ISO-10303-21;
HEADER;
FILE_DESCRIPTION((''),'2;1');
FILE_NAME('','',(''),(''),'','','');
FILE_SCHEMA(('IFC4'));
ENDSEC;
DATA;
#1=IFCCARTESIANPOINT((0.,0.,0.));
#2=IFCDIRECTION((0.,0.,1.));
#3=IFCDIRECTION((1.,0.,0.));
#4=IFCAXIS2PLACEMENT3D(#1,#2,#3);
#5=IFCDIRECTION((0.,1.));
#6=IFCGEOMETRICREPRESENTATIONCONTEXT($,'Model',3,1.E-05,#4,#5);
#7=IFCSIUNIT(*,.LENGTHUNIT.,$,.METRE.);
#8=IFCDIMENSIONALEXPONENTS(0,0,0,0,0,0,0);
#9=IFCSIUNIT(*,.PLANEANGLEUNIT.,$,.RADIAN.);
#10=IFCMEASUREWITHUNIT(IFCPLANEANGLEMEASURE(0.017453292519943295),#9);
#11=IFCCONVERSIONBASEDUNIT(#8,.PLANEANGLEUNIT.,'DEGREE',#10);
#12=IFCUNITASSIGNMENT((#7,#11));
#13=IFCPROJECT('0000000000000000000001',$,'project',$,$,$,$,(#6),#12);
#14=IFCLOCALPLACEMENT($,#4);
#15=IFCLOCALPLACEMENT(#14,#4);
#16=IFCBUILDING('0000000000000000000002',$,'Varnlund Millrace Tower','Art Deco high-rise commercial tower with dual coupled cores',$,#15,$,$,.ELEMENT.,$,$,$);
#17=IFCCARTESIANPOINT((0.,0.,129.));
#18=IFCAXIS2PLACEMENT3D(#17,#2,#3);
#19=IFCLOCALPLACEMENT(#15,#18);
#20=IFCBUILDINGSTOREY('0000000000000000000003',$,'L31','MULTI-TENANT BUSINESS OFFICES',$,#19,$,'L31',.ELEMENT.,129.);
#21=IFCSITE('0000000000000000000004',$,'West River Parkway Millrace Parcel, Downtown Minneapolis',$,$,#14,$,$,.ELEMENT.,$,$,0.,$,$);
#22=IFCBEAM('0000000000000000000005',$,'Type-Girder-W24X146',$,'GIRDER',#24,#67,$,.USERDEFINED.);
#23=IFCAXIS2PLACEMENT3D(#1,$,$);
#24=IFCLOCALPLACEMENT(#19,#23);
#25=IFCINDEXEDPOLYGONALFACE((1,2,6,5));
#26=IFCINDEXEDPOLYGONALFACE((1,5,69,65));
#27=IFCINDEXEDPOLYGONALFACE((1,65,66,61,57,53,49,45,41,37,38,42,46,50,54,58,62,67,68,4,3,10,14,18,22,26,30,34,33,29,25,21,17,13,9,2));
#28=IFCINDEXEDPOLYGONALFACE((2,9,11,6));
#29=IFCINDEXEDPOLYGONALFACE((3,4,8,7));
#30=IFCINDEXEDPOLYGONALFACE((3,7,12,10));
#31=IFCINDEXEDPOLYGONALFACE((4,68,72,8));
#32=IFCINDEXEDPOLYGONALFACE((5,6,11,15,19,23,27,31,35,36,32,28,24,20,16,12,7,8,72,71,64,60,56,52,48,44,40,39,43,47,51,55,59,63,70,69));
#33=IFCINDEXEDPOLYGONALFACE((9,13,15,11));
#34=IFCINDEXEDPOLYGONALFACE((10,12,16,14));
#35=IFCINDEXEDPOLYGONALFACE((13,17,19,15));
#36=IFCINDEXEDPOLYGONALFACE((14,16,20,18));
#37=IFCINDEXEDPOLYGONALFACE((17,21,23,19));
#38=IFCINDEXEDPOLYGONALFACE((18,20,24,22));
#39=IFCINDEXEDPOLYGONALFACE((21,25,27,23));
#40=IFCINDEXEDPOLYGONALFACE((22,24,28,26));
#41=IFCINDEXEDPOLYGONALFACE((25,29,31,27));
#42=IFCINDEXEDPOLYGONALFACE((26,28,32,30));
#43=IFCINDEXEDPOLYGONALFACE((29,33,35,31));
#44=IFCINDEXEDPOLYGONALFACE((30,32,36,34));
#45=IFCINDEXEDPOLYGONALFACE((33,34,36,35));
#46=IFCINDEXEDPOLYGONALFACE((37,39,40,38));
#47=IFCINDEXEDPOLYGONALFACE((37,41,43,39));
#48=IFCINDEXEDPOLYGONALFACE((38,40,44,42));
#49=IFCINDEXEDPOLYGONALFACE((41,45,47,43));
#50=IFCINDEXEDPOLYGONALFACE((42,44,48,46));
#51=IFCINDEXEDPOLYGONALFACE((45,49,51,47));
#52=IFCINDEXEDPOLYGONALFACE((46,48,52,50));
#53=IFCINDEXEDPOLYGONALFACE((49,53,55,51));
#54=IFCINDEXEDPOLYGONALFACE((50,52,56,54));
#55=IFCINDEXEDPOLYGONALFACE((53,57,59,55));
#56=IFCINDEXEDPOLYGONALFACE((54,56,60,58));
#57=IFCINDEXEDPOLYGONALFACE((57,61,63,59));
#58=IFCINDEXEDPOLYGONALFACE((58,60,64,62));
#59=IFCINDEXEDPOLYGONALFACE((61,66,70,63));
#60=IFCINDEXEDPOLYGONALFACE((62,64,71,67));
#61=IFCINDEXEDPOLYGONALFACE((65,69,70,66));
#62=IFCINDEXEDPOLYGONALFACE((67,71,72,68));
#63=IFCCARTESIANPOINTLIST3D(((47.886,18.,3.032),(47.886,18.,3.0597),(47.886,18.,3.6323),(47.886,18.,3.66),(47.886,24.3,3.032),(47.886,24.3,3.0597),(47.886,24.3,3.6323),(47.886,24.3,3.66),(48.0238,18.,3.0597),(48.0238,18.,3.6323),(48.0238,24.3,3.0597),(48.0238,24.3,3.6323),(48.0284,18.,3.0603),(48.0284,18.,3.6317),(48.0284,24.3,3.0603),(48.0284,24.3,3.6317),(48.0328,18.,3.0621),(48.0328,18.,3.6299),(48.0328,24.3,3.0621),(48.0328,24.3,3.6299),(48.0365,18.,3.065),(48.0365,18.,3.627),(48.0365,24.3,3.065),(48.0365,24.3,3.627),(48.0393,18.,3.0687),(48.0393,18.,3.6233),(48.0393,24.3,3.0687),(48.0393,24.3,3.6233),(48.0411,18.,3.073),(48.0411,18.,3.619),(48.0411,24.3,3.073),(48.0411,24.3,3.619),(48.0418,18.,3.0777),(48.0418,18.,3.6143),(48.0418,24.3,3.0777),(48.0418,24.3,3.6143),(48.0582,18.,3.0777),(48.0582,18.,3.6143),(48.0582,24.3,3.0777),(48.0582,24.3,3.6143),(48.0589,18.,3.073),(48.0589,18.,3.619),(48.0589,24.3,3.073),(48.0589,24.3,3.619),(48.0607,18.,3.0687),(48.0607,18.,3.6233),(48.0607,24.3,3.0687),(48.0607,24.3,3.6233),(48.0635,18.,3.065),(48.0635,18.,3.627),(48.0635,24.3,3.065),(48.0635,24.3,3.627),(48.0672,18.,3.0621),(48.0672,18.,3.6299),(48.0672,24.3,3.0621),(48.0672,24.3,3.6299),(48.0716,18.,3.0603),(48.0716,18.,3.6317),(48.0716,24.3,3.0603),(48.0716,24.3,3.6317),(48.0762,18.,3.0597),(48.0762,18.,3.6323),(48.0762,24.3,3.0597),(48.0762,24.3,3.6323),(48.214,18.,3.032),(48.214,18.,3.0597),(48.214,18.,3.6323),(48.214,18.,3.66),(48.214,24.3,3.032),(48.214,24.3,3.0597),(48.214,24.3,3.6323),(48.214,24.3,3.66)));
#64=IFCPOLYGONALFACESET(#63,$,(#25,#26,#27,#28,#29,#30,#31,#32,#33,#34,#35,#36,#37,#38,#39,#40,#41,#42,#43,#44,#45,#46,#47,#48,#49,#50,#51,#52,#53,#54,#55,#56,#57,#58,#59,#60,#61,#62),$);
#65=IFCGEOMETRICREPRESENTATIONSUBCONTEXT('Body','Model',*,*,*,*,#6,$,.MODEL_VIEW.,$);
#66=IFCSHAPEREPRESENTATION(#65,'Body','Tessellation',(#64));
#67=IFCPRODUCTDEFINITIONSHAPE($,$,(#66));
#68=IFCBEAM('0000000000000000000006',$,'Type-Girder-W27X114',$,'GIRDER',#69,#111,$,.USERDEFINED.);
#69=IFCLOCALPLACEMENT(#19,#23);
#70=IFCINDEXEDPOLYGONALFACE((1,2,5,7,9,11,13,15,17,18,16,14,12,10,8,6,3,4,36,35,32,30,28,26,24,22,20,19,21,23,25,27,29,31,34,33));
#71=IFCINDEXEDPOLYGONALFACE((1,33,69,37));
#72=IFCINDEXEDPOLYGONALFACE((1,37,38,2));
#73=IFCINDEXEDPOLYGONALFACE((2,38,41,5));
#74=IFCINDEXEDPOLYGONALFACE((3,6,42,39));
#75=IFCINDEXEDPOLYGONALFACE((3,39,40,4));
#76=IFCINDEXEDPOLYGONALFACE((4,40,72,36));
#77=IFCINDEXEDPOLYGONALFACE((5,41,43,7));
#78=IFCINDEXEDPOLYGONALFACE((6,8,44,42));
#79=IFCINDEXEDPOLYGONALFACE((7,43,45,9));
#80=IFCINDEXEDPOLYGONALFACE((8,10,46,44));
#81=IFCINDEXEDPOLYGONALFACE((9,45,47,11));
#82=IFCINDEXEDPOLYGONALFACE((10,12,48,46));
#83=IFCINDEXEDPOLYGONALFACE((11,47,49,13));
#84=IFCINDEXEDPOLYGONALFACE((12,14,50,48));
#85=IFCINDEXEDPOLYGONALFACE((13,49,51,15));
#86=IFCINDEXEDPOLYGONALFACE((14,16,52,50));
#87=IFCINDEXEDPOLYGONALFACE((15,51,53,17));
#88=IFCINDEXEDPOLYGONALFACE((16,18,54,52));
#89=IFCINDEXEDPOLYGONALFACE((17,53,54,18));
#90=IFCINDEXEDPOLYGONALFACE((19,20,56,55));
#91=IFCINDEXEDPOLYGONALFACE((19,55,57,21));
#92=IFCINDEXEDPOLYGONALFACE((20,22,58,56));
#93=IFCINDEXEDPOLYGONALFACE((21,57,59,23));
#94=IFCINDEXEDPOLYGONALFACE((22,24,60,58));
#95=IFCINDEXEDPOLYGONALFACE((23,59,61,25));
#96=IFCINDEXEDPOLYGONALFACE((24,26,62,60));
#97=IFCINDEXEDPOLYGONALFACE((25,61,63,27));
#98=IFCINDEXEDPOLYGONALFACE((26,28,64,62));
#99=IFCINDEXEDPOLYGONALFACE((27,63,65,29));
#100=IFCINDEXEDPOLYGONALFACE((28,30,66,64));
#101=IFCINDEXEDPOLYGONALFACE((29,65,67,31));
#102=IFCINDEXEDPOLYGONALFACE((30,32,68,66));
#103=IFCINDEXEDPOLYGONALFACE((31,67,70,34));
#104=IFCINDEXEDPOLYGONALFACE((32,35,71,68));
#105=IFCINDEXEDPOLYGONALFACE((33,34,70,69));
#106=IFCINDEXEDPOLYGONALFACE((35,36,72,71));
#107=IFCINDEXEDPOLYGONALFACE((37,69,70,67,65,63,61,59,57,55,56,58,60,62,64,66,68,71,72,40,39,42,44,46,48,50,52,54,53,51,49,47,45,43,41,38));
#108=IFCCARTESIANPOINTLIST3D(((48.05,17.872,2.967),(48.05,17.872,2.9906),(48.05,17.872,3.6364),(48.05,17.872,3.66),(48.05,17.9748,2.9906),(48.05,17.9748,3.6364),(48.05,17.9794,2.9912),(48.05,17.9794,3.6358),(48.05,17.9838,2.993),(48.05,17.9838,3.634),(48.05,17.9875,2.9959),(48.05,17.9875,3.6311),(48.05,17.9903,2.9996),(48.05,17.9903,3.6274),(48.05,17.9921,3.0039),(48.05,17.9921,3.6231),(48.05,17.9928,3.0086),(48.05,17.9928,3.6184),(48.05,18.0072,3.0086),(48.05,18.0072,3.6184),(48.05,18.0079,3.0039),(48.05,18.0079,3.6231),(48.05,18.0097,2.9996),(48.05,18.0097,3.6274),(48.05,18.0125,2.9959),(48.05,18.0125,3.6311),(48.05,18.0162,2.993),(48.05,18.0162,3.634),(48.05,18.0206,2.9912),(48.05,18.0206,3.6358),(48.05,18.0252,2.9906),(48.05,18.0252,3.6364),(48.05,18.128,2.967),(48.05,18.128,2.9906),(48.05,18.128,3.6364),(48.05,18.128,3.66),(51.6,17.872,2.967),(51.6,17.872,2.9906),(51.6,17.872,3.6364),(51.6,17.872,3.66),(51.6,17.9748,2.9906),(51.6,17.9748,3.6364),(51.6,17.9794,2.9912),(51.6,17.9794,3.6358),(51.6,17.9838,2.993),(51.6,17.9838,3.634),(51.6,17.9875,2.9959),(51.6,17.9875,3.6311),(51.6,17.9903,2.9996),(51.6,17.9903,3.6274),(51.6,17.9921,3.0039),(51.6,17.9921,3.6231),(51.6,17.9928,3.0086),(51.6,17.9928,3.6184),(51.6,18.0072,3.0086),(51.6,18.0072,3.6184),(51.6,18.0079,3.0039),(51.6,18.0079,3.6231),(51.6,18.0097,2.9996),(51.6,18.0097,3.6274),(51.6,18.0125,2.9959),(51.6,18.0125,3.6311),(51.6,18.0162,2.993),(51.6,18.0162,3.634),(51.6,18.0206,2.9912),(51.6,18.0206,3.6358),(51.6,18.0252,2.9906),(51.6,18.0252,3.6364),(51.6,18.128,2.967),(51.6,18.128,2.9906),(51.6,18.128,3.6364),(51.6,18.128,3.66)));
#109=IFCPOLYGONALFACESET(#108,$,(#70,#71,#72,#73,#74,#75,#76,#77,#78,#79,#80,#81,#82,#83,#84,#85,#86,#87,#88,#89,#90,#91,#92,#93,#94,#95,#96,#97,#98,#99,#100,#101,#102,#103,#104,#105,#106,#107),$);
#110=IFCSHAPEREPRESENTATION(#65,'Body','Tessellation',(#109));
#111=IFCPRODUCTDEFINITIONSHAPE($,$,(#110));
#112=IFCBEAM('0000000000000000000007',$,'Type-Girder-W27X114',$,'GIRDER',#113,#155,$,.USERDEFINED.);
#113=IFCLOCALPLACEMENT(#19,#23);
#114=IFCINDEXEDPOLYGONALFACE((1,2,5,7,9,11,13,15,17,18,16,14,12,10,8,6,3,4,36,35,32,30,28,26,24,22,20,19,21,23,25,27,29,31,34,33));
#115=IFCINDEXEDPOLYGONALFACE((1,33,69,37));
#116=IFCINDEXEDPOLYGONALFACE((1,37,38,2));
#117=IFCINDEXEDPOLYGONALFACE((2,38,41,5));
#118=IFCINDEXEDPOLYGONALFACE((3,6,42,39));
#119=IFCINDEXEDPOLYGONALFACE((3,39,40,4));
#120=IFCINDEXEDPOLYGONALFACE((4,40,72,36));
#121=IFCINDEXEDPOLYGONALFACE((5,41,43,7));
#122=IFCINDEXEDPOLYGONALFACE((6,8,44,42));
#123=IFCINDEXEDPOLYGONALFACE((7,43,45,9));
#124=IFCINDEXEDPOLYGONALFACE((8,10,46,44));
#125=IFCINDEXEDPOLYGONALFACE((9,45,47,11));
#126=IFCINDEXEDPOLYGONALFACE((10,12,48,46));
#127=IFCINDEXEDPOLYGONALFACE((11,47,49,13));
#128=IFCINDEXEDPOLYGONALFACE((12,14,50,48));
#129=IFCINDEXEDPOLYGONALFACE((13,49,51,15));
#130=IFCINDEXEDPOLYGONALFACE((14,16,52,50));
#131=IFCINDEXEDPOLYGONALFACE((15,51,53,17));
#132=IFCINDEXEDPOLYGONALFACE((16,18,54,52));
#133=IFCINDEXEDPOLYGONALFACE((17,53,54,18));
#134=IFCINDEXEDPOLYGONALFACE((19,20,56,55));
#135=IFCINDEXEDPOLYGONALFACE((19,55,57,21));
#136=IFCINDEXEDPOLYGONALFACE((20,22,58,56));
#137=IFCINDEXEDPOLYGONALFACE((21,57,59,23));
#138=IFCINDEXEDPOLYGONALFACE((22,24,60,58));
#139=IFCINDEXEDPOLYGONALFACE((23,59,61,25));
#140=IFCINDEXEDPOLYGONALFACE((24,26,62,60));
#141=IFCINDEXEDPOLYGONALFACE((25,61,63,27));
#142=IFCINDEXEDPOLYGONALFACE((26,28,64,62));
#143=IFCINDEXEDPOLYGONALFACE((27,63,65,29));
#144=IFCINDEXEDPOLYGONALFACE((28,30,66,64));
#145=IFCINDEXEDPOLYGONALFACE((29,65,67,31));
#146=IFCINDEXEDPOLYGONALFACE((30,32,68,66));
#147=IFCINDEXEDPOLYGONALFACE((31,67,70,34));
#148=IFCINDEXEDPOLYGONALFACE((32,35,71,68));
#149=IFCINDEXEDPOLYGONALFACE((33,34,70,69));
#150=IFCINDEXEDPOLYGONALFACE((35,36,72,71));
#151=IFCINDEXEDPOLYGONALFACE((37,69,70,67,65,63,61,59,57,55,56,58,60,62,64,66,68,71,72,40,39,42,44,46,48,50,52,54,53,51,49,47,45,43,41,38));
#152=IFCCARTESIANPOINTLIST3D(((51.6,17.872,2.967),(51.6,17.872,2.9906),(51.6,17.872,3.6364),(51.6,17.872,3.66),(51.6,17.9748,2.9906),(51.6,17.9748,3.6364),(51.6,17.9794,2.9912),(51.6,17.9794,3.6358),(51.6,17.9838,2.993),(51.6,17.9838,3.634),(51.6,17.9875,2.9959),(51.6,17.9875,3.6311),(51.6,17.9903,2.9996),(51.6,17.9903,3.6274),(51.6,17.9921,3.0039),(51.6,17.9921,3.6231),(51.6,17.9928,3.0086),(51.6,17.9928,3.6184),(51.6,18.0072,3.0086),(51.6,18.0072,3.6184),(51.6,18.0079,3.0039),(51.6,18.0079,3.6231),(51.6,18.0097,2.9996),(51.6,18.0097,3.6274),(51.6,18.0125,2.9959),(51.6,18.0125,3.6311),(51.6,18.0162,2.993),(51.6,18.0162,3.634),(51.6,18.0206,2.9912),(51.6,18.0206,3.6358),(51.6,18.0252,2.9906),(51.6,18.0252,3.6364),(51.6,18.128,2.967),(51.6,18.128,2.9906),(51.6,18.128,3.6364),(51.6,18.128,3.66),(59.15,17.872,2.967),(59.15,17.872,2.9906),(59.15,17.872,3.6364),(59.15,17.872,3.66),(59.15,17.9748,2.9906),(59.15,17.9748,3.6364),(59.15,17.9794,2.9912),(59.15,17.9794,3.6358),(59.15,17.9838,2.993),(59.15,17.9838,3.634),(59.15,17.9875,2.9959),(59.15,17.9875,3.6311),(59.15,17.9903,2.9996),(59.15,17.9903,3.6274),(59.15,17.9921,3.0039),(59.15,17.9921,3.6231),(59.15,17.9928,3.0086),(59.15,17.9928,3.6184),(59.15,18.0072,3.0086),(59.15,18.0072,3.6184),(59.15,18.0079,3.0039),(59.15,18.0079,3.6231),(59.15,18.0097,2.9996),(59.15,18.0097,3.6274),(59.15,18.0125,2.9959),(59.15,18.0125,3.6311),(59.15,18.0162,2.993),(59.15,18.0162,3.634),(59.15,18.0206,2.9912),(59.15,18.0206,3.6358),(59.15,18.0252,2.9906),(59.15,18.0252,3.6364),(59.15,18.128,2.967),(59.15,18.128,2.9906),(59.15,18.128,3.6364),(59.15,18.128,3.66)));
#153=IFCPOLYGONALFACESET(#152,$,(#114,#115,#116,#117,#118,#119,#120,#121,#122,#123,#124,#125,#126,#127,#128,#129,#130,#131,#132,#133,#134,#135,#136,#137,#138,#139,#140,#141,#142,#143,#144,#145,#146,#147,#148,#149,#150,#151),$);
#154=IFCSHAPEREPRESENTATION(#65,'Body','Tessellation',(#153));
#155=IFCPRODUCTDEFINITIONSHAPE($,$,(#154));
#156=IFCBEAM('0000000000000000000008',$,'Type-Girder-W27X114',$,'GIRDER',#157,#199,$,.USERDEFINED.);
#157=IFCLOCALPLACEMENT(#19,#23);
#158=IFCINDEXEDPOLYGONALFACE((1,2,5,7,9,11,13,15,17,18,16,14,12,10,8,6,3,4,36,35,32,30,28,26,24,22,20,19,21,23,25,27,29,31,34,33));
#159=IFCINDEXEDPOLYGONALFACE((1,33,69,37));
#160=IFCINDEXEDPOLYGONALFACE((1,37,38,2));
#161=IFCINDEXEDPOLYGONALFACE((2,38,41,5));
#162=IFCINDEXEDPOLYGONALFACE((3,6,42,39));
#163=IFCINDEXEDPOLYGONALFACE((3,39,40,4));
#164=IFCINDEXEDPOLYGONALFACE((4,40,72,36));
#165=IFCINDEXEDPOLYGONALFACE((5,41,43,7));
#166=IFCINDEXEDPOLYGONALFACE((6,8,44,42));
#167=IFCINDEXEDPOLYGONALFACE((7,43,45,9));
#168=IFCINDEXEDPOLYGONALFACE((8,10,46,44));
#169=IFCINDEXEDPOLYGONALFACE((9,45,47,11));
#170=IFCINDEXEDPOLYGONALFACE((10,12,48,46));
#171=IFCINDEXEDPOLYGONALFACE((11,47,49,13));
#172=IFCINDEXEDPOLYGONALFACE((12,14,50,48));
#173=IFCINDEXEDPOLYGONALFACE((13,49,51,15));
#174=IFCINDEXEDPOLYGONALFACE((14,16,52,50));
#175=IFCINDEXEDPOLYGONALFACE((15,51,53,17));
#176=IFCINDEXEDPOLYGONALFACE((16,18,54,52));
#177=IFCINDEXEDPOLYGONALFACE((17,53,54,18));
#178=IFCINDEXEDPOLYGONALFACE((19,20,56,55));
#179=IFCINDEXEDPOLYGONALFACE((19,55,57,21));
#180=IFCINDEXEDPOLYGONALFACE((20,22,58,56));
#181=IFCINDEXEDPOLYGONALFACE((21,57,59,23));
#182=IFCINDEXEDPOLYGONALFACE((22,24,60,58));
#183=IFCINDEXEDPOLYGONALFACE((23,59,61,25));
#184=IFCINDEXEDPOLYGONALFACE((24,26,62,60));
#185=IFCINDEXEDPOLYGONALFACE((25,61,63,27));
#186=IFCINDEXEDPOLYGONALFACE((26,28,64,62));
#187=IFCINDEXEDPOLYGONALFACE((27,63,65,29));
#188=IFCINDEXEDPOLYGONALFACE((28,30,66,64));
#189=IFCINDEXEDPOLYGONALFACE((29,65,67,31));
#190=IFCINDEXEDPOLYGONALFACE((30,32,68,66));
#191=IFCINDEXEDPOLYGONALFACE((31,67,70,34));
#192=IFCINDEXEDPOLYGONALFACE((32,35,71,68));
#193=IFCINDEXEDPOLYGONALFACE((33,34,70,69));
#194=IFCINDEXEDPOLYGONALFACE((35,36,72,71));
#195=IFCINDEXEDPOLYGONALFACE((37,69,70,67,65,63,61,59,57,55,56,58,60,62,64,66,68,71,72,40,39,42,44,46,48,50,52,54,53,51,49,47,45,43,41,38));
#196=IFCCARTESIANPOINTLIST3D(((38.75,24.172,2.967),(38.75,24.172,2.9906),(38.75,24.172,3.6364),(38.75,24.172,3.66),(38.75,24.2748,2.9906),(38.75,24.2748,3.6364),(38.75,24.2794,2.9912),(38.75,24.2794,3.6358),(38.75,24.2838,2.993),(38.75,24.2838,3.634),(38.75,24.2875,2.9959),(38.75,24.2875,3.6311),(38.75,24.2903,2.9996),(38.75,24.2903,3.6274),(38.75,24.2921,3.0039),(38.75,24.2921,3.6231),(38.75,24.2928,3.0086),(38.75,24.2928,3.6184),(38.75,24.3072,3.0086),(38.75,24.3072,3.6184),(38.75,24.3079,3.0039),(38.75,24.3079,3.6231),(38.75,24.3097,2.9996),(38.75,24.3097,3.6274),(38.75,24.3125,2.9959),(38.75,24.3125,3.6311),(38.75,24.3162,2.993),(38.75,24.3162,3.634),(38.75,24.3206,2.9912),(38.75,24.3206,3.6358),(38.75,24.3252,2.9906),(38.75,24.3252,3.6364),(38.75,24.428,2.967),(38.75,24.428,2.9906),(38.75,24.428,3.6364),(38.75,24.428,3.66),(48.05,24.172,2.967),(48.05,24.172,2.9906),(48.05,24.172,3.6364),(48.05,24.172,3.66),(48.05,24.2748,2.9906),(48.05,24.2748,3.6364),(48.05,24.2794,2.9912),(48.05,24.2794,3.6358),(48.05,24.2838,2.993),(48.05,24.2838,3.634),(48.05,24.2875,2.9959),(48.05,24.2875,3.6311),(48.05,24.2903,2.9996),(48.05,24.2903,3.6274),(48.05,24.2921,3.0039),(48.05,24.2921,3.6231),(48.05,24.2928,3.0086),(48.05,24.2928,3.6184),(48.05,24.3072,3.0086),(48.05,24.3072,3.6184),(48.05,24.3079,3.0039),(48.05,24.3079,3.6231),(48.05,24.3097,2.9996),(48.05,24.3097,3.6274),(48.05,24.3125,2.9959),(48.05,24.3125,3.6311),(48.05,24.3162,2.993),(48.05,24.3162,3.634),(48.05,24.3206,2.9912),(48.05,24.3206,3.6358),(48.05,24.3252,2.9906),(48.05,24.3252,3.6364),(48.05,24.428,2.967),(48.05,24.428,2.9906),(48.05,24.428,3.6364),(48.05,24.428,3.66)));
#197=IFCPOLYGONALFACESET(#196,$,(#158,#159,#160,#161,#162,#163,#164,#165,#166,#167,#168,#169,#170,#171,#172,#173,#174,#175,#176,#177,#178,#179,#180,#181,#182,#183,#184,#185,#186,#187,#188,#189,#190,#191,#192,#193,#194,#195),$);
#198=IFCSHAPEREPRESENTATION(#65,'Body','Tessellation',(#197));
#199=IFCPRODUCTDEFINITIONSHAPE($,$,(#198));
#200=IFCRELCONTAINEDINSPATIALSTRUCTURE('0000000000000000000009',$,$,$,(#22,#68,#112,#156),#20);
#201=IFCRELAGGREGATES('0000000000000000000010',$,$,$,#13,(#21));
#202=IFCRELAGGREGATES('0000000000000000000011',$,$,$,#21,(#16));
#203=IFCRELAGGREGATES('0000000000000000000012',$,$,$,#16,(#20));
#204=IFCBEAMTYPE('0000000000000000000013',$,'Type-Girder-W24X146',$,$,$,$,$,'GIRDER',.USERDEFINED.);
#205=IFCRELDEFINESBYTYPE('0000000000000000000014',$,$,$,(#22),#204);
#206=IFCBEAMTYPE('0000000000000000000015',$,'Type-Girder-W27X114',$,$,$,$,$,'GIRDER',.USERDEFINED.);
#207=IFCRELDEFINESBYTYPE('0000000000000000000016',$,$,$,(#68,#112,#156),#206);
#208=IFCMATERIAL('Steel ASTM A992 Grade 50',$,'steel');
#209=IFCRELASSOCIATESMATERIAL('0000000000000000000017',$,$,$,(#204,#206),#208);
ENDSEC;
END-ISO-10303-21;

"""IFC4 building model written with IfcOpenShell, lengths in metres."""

from ifc_helpers import new_model, entity, si_unit, converted_unit, direction, frame, origin_with_axes, origin_2d_with_axis, place, context, subcontext, project, spatial, i_section, extrude, material, material_profile, profile_set, type_object, element, save


model = new_model("IFC4")

# Units and contexts
model_context = context("Model", 3, precision=1e-05, world=origin_with_axes(), true_north=direction((0.0, 1.0)))
body_context = subcontext(model_context, "Body", "Model", "MODEL_VIEW")
ifc_project = project(units=[si_unit("LENGTHUNIT", "METRE"), converted_unit("PLANEANGLEUNIT", "DEGREE", entity("IfcPlaneAngleMeasure", 0.017453292519943295), si_unit("PLANEANGLEUNIT", "RADIAN"), dimensions=[0, 0, 0, 0, 0, 0, 0])], contexts=[model_context])

# Site, building, storey
site_placement = place(None, origin_with_axes())
site = spatial("IfcSite", under=ifc_project, at=site_placement, Name="West River Parkway Millrace Parcel, Downtown Minneapolis", CompositionType="ELEMENT", RefElevation=0.0)
building_placement = place(site_placement, origin_with_axes())
building = spatial("IfcBuilding", under=site, at=building_placement, Name="Varnlund Millrace Tower", Description="Art Deco high-rise commercial tower with dual coupled cores", CompositionType="ELEMENT")
storey_placement = place(building_placement, frame((0.0, 0.0, 129.0), z_axis=(0.0, 0.0, 1.0), x_axis=(1.0, 0.0, 0.0)))
storey = spatial("IfcBuildingStorey", under=building, at=storey_placement, Name="L31", Description="MULTI-TENANT BUSINESS OFFICES", LongName="L31", CompositionType="ELEMENT", Elevation=129.0)

# Beams
ifc_material_1 = material(Name="Steel ASTM A992 Grade 50", Category="steel")
ifc_material_profile_1 = material_profile(ifc_material_1, i_section(OverallWidth=0.328, OverallDepth=0.628, WebThickness=0.0165, FlangeThickness=0.0277, FilletRadius=0.018, at=origin_2d_with_axis()), Name="Steel ASTM A992 Grade 50")
ifc_profile_set_1 = profile_set([ifc_material_profile_1], Name="Steel ASTM A992 Grade 50")
beam_type_1 = type_object("IfcBeamType", Name="Type-Girder-W24X146", ElementType="GIRDER", PredefinedType="USERDEFINED", material=ifc_profile_set_1)
beam_1_placement = place(storey_placement, frame((48.05, 18.0, 3.346), z_axis=(0.0, 1.0, 0.0), x_axis=(-1.0, 0.0, 0.0)))
element("IfcBeam", 1, at=beam_1_placement, inside=storey, type_object=beam_type_1, Name="Type-Girder-W24X146", ObjectType="GIRDER", PredefinedType="USERDEFINED", context=body_context, shape_type="SweptSolid", body=[
    extrude(i_section(OverallWidth=0.328, OverallDepth=0.628, WebThickness=0.0165, FlangeThickness=0.0277, FilletRadius=0.018, at=origin_2d_with_axis()), origin_with_axes(), (0.0, 0.0, 1.0), 6.3),
])
ifc_material_profile_2 = material_profile(ifc_material_1, i_section(OverallWidth=0.256, OverallDepth=0.693, WebThickness=0.0145, FlangeThickness=0.0236, FilletRadius=0.018, at=origin_2d_with_axis()), Name="Steel ASTM A992 Grade 50")
ifc_profile_set_2 = profile_set([ifc_material_profile_2], Name="Steel ASTM A992 Grade 50")
beam_type_2 = type_object("IfcBeamType", Name="Type-Girder-W27X114", ElementType="GIRDER", PredefinedType="USERDEFINED", material=ifc_profile_set_2)
beam_2_placement = place(storey_placement, frame((48.05, 18.0, 3.3135), z_axis=(1.0, 0.0, 0.0), x_axis=(0.0, 1.0, 0.0)))
element("IfcBeam", 2, at=beam_2_placement, inside=storey, type_object=beam_type_2, Name="Type-Girder-W27X114", ObjectType="GIRDER", PredefinedType="USERDEFINED", context=body_context, shape_type="SweptSolid", body=[
    extrude(i_section(OverallWidth=0.256, OverallDepth=0.693, WebThickness=0.0145, FlangeThickness=0.0236, FilletRadius=0.018, at=origin_2d_with_axis()), origin_with_axes(), (0.0, 0.0, 1.0), 3.55),
])
beam_3_placement = place(storey_placement, frame((51.6, 18.0, 3.3135), z_axis=(1.0, 0.0, 0.0), x_axis=(0.0, 1.0, 0.0)))
element("IfcBeam", 3, at=beam_3_placement, inside=storey, type_object=beam_type_2, Name="Type-Girder-W27X114", ObjectType="GIRDER", PredefinedType="USERDEFINED", context=body_context, shape_type="SweptSolid", body=[
    extrude(i_section(OverallWidth=0.256, OverallDepth=0.693, WebThickness=0.0145, FlangeThickness=0.0236, FilletRadius=0.018, at=origin_2d_with_axis()), origin_with_axes(), (0.0, 0.0, 1.0), 7.55),
])
beam_4_placement = place(storey_placement, frame((38.75, 24.3, 3.3135), z_axis=(1.0, 0.0, 0.0), x_axis=(0.0, 1.0, 0.0)))
element("IfcBeam", 4, at=beam_4_placement, inside=storey, type_object=beam_type_2, Name="Type-Girder-W27X114", ObjectType="GIRDER", PredefinedType="USERDEFINED", context=body_context, shape_type="SweptSolid", body=[
    extrude(i_section(OverallWidth=0.256, OverallDepth=0.693, WebThickness=0.0145, FlangeThickness=0.0236, FilletRadius=0.018, at=origin_2d_with_axis()), origin_with_axes(), (0.0, 0.0, 1.0), 9.3),
])

save(model, "model.ifc")
